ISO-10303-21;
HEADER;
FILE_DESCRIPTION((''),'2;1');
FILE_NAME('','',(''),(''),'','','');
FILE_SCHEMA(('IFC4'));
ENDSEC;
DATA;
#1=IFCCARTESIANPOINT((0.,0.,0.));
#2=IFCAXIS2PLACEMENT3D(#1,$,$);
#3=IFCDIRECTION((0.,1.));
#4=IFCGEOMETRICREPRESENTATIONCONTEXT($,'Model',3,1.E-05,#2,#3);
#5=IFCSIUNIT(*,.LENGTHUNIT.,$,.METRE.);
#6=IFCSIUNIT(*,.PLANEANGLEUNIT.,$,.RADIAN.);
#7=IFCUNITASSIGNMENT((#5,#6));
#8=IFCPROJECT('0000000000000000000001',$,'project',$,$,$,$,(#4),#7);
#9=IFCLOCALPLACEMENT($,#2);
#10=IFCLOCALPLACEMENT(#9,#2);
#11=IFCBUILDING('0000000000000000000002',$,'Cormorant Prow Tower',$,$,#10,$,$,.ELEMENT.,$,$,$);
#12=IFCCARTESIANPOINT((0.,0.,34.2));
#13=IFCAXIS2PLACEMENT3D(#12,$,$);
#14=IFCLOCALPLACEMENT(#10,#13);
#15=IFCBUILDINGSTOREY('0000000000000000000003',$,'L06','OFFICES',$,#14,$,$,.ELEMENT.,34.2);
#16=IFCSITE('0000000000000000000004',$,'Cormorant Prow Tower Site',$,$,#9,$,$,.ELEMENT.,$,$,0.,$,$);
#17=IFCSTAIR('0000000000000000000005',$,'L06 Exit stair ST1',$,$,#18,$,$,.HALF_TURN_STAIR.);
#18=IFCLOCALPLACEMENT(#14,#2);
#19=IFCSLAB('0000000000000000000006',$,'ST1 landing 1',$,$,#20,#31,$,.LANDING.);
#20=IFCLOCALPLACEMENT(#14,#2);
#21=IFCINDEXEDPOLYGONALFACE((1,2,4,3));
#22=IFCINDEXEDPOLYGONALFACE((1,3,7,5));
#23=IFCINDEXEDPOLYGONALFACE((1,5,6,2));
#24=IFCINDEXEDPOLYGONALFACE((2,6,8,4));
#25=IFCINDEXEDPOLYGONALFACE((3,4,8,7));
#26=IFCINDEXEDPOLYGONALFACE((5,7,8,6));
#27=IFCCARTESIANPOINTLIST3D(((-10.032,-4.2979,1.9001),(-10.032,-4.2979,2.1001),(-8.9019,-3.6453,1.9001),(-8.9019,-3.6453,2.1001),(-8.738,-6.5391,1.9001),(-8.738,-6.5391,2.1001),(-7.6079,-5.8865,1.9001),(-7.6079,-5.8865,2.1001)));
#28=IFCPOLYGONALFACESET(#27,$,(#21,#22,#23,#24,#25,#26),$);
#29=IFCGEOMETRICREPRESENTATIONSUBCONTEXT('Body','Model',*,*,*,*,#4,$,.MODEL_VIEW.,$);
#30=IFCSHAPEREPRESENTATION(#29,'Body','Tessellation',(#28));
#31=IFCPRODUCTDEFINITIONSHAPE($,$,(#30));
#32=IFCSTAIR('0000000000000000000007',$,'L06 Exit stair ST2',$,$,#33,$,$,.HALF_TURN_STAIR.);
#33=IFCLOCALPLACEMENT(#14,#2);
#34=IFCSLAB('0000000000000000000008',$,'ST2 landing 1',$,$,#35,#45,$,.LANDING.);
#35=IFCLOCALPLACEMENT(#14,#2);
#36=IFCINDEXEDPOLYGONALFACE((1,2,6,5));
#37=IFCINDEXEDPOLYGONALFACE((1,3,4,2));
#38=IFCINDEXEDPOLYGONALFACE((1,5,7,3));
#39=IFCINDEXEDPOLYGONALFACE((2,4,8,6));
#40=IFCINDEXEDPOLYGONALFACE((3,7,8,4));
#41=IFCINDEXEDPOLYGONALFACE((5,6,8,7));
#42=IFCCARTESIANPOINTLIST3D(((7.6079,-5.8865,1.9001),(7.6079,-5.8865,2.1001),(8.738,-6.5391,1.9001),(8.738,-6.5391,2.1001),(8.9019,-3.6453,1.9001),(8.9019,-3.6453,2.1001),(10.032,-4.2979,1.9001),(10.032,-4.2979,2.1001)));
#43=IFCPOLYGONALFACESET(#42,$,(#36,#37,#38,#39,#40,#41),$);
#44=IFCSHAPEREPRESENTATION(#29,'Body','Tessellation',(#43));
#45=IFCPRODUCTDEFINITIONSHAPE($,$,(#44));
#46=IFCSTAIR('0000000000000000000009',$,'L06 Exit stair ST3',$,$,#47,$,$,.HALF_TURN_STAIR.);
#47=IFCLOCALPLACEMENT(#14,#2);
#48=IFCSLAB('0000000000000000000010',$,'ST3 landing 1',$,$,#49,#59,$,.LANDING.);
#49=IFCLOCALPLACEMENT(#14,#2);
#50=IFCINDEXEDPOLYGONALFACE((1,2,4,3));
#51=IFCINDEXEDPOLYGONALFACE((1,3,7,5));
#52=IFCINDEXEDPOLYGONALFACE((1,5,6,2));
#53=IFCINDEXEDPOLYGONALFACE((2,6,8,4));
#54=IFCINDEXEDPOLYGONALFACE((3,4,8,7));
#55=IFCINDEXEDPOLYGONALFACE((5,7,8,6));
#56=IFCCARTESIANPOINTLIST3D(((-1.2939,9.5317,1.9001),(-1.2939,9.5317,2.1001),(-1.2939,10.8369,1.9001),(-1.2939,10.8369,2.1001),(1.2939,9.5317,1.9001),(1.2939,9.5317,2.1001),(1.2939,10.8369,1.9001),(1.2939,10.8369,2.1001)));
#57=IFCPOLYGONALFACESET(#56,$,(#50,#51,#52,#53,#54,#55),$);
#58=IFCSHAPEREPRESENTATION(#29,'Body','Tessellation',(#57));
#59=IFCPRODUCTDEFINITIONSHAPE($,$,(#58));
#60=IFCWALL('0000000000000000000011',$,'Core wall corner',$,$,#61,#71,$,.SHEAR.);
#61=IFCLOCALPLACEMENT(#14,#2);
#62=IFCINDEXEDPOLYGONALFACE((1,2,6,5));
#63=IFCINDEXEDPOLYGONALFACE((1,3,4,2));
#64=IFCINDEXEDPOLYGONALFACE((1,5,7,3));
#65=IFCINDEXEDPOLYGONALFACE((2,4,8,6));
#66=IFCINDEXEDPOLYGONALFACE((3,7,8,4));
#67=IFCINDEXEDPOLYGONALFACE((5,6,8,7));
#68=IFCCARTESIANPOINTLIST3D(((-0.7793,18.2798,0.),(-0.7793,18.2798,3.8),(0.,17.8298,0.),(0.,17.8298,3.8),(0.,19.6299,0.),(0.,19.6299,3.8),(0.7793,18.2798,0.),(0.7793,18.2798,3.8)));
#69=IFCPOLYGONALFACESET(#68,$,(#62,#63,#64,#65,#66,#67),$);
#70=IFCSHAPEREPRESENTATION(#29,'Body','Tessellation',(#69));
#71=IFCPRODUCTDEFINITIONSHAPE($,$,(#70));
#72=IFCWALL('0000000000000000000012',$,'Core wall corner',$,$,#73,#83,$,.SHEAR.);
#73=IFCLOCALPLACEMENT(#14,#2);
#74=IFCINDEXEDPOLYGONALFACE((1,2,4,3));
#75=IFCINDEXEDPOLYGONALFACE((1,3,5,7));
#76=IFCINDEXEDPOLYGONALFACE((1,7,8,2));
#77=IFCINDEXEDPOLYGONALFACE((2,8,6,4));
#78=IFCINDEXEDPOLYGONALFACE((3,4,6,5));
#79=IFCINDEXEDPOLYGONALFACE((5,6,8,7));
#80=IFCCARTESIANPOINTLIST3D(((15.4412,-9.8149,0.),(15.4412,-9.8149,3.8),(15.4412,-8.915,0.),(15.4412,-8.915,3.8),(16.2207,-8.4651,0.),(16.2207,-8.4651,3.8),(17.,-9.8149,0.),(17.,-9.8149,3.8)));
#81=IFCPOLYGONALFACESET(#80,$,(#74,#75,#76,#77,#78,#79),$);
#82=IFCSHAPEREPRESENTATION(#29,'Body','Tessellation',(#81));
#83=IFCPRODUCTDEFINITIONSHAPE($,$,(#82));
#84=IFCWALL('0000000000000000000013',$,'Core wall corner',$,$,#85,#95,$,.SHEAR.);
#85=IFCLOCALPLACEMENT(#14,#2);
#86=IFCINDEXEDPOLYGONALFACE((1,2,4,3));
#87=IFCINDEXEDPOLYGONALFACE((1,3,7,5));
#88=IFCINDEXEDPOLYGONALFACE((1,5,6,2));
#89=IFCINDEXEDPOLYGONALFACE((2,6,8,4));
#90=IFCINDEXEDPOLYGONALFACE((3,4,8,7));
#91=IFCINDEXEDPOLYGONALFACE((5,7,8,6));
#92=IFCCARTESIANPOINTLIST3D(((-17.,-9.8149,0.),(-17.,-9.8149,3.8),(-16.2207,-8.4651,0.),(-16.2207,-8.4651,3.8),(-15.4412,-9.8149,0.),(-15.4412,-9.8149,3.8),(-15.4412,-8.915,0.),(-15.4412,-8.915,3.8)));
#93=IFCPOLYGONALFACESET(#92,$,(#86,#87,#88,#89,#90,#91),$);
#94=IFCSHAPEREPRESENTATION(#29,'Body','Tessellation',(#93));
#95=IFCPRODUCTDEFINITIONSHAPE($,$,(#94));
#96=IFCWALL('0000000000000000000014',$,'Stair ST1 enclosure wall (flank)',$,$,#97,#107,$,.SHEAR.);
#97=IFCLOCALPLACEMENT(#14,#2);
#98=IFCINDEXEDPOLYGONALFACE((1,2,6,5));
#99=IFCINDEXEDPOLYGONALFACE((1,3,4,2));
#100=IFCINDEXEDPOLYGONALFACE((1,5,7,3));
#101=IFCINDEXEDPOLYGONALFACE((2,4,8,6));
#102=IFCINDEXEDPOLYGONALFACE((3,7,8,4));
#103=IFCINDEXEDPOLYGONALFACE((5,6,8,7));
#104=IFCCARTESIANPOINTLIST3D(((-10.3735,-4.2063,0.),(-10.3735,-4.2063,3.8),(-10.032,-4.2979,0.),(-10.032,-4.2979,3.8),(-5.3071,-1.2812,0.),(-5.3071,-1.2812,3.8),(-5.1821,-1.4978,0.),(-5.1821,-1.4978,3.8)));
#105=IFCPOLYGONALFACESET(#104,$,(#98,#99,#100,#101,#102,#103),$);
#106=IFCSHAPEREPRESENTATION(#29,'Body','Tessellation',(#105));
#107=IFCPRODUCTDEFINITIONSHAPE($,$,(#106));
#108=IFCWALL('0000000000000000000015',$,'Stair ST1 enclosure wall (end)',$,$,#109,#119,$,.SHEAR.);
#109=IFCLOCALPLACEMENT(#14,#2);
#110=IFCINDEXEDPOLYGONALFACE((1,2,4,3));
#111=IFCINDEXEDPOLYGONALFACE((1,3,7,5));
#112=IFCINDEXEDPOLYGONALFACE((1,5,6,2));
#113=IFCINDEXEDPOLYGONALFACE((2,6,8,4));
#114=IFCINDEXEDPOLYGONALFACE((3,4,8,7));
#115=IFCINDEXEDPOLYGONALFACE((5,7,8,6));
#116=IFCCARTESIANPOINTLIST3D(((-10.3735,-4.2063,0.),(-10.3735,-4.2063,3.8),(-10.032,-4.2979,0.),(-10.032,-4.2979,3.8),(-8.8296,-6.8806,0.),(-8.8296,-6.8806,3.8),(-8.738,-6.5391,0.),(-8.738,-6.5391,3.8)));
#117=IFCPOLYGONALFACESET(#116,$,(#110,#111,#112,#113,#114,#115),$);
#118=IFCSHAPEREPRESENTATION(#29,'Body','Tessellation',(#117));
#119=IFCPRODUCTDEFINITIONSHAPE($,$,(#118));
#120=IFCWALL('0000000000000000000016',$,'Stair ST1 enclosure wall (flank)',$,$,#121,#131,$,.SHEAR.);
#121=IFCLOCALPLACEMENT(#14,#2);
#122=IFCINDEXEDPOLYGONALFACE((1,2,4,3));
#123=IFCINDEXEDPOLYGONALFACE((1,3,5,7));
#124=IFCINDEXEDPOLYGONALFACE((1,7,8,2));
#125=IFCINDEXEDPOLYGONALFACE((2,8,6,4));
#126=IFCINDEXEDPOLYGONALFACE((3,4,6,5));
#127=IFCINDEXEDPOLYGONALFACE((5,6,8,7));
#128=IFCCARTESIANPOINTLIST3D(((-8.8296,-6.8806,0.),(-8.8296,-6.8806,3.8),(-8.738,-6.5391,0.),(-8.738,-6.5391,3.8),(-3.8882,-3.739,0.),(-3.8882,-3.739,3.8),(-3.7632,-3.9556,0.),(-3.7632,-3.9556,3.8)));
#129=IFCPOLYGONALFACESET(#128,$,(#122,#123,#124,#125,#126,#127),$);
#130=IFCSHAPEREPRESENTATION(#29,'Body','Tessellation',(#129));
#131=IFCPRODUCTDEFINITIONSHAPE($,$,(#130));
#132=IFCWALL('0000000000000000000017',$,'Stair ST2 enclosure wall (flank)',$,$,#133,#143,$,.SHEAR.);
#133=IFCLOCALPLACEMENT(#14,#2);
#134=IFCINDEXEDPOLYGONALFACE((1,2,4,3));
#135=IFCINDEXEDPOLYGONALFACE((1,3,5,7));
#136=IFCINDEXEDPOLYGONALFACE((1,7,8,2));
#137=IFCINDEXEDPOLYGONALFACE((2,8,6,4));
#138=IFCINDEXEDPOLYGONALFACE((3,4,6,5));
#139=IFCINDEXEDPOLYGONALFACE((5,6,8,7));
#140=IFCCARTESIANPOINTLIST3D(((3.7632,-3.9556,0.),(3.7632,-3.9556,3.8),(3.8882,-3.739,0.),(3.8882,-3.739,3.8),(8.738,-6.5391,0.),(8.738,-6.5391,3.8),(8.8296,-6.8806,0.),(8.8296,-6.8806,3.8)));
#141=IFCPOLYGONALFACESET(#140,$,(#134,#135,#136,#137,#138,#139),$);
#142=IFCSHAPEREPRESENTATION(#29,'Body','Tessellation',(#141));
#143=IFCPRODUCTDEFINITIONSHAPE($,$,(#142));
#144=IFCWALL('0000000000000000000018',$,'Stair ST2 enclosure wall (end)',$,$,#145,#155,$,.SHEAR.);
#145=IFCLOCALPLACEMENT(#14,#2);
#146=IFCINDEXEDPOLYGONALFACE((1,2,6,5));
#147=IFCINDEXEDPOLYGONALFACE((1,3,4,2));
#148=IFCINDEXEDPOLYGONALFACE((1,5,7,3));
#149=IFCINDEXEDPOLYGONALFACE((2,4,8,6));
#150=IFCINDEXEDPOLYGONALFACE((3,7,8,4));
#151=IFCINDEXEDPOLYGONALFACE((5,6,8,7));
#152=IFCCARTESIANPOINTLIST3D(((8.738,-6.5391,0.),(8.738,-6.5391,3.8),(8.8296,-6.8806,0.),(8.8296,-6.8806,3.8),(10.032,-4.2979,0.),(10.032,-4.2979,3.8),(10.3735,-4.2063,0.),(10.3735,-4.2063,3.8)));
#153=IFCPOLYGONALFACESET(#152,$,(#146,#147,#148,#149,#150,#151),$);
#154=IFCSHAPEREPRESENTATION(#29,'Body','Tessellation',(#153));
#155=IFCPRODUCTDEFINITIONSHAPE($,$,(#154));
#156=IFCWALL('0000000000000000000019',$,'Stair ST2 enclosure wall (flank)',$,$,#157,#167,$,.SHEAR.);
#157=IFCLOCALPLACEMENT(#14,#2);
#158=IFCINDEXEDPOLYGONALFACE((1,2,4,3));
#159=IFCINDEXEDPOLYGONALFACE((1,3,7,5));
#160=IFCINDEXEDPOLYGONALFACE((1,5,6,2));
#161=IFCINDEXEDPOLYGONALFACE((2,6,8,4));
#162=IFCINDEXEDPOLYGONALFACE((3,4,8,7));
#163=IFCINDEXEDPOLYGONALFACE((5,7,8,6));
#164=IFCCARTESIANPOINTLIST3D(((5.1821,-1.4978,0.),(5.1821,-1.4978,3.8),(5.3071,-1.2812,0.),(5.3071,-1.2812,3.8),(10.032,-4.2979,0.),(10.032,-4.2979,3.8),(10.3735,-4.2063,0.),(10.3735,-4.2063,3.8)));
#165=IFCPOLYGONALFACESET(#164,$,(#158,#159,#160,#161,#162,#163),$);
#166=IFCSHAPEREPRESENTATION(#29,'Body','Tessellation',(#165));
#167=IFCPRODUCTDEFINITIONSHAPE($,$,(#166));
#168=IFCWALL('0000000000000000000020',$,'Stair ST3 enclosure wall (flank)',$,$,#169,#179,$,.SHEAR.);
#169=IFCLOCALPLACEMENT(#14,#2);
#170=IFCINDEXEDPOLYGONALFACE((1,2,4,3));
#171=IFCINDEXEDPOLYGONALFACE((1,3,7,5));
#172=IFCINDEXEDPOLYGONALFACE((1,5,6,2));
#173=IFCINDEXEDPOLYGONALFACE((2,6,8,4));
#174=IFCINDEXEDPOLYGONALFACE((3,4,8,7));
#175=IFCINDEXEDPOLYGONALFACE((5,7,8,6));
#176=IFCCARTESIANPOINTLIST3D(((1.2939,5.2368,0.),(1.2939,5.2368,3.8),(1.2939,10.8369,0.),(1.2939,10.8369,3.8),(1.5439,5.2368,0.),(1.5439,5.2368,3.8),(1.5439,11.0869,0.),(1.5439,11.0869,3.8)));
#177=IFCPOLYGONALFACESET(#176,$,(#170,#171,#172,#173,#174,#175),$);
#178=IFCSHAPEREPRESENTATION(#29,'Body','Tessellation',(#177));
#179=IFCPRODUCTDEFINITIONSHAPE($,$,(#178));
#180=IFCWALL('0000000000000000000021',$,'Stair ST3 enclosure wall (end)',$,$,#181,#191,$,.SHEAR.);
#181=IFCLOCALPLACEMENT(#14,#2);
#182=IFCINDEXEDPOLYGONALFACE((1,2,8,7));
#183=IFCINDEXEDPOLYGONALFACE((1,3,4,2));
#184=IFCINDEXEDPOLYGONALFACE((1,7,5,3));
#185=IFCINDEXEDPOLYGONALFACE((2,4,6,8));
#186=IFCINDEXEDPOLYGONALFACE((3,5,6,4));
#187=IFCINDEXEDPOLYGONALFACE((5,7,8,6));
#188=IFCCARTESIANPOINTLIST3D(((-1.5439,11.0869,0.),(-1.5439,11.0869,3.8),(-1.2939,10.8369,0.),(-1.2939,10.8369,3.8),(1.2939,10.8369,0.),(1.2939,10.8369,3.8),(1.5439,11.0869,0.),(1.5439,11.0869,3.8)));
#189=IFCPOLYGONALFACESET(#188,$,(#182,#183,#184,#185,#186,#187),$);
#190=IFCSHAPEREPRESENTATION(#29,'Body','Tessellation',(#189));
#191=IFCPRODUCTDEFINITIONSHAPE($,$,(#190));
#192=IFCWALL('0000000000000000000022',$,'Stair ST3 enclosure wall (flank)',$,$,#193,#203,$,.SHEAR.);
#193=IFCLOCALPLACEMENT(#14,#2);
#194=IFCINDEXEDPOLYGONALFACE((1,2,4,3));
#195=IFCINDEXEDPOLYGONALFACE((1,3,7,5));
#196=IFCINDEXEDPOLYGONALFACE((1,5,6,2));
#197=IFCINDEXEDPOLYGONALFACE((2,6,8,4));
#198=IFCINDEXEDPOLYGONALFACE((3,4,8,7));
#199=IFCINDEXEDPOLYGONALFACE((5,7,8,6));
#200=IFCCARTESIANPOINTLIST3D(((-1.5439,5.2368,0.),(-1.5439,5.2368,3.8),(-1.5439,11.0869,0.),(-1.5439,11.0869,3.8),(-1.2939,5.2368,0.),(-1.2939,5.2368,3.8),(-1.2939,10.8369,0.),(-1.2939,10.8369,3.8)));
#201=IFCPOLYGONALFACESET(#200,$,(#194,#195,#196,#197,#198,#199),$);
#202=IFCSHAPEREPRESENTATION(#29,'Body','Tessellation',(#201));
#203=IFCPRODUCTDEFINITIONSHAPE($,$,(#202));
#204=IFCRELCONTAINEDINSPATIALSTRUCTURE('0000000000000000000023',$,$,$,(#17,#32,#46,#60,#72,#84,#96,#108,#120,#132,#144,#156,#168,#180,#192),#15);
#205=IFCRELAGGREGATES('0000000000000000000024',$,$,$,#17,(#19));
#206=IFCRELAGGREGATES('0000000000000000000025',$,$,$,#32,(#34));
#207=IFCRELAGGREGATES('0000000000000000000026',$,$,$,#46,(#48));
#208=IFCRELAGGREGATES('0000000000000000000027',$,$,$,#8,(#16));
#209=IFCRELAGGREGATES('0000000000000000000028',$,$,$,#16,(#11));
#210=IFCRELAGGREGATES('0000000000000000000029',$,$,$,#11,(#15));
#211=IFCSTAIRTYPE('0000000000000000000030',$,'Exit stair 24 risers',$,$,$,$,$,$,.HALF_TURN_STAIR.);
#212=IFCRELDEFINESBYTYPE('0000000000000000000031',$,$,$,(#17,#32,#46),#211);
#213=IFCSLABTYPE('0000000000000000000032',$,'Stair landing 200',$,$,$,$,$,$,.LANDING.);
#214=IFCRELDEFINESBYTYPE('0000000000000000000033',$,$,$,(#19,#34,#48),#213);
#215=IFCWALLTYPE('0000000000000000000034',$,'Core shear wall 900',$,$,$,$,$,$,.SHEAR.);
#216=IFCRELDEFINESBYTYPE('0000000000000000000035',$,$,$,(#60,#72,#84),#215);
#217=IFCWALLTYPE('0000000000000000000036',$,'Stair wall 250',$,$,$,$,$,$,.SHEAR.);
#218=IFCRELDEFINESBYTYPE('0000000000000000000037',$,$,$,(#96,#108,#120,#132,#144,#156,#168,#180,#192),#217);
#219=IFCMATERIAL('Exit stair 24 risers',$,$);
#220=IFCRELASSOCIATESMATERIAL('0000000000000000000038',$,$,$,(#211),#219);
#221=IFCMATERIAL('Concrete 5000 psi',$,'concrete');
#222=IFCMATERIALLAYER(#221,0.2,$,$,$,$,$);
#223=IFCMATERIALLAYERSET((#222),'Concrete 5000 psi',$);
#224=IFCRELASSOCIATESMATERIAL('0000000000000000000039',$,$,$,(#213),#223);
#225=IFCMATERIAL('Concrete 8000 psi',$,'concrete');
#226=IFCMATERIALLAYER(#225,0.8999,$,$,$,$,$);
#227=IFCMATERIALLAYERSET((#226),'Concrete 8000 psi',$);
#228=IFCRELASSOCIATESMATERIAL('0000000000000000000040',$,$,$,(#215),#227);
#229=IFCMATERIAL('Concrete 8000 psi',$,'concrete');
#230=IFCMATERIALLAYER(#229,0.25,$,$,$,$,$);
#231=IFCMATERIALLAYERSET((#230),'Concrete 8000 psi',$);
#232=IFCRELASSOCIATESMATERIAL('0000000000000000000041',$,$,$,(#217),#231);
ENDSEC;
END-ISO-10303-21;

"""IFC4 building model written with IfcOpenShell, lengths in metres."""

from ifc_helpers import new_model, si_unit, direction, frame, origin, place, context, subcontext, project, spatial, polyline, outline, extrude, material, layer, layer_set, type_object, element, aggregate, save


model = new_model("IFC4")

# Units and contexts
model_context = context("Model", 3, precision=1e-05, world=origin(), true_north=direction((0.0, 1.0)))
body_context = subcontext(model_context, "Body", "Model", "MODEL_VIEW")
ifc_project = project(units=[si_unit("LENGTHUNIT", "METRE"), si_unit("PLANEANGLEUNIT", "RADIAN")], contexts=[model_context])

# Site, building, storey
site_placement = place(None, origin())
site = spatial("IfcSite", under=ifc_project, at=site_placement, Name="Cormorant Prow Tower Site", CompositionType="ELEMENT", RefElevation=0.0)
building_placement = place(site_placement, origin())
building = spatial("IfcBuilding", under=site, at=building_placement, Name="Cormorant Prow Tower", CompositionType="ELEMENT")
storey_placement = place(building_placement, frame((0.0, 0.0, 34.2)))
storey = spatial("IfcBuildingStorey", under=building, at=storey_placement, Name="L06", Description="OFFICES", CompositionType="ELEMENT", Elevation=34.2)

# Stairs, slabs
ifc_material_1 = material(Name="Exit stair 24 risers")
stair_type = type_object("IfcStairType", Name="Exit stair 24 risers", PredefinedType="HALF_TURN_STAIR", material=ifc_material_1)
stair_1_placement = place(storey_placement, origin())
stair_1 = element("IfcStair", 1, at=stair_1_placement, inside=storey, type_object=stair_type, Name="L06 Exit stair ST1", PredefinedType="HALF_TURN_STAIR")
ifc_material_2 = material(Name="Concrete 5000 psi", Category="concrete")
ifc_layer_1 = layer(ifc_material_2, 0.2)
ifc_layer_set_1 = layer_set([ifc_layer_1], Name="Concrete 5000 psi")
slab_type = type_object("IfcSlabType", Name="Stair landing 200", PredefinedType="LANDING", material=ifc_layer_set_1)
slab_1_placement = place(storey_placement, frame((0.0, 0.0, 1.9001)))
slab_1 = element("IfcSlab", 2, at=slab_1_placement, type_object=slab_type, Name="ST1 landing 1", PredefinedType="LANDING", context=body_context, shape_type="SweptSolid", body=[
    extrude(outline(polyline([(-8.9019, -3.6453), (-10.032, -4.2979), (-8.738, -6.5391), (-7.6079, -5.8865), (-8.9019, -3.6453)])), origin(), (0.0, 0.0, 1.0), 0.2),
])
aggregate(stair_1, [slab_1])
stair_2_placement = place(storey_placement, origin())
stair_2 = element("IfcStair", 3, at=stair_2_placement, inside=storey, type_object=stair_type, Name="L06 Exit stair ST2", PredefinedType="HALF_TURN_STAIR")
slab_2_placement = place(storey_placement, frame((0.0, 0.0, 1.9001)))
slab_2 = element("IfcSlab", 4, at=slab_2_placement, type_object=slab_type, Name="ST2 landing 1", PredefinedType="LANDING", context=body_context, shape_type="SweptSolid", body=[
    extrude(outline(polyline([(7.6079, -5.8865), (8.738, -6.5391), (10.032, -4.2979), (8.9019, -3.6453), (7.6079, -5.8865)])), origin(), (0.0, 0.0, 1.0), 0.2),
])
aggregate(stair_2, [slab_2])
stair_3_placement = place(storey_placement, origin())
stair_3 = element("IfcStair", 5, at=stair_3_placement, inside=storey, type_object=stair_type, Name="L06 Exit stair ST3", PredefinedType="HALF_TURN_STAIR")
slab_3_placement = place(storey_placement, frame((0.0, 0.0, 1.9001)))
slab_3 = element("IfcSlab", 6, at=slab_3_placement, type_object=slab_type, Name="ST3 landing 1", PredefinedType="LANDING", context=body_context, shape_type="SweptSolid", body=[
    extrude(outline(polyline([(1.2939, 9.5317), (1.2939, 10.8369), (-1.2939, 10.8369), (-1.2939, 9.5317), (1.2939, 9.5317)])), origin(), (0.0, 0.0, 1.0), 0.2),
])

# Walls
ifc_material_3 = material(Name="Concrete 8000 psi", Category="concrete")
ifc_layer_2 = layer(ifc_material_3, 0.8999)
ifc_layer_set_2 = layer_set([ifc_layer_2], Name="Concrete 8000 psi")
wall_type_1 = type_object("IfcWallType", Name="Core shear wall 900", PredefinedType="SHEAR", material=ifc_layer_set_2)
wall_1_placement = place(storey_placement, origin())
element("IfcWall", 7, at=wall_1_placement, inside=storey, type_object=wall_type_1, Name="Core wall corner", PredefinedType="SHEAR", context=body_context, shape_type="SweptSolid", body=[
    extrude(outline(polyline([(-0.7793, 18.2798), (0.0, 19.6299), (0.7793, 18.2798), (0.0, 17.8298), (-0.7793, 18.2798)])), origin(), (0.0, 0.0, 1.0), 3.8),
])
wall_2_placement = place(storey_placement, origin())
element("IfcWall", 8, at=wall_2_placement, inside=storey, type_object=wall_type_1, Name="Core wall corner", PredefinedType="SHEAR", context=body_context, shape_type="SweptSolid", body=[
    extrude(outline(polyline([(15.4412, -9.8149), (15.4412, -8.915), (16.2207, -8.4651), (17.0, -9.8149), (15.4412, -9.8149)])), origin(), (0.0, 0.0, 1.0), 3.8),
])
wall_3_placement = place(storey_placement, origin())
element("IfcWall", 9, at=wall_3_placement, inside=storey, type_object=wall_type_1, Name="Core wall corner", PredefinedType="SHEAR", context=body_context, shape_type="SweptSolid", body=[
    extrude(outline(polyline([(-16.2207, -8.4651), (-15.4412, -8.915), (-15.4412, -9.8149), (-17.0, -9.8149), (-16.2207, -8.4651)])), origin(), (0.0, 0.0, 1.0), 3.8),
])
ifc_material_4 = material(Name="Concrete 8000 psi", Category="concrete")
ifc_layer_3 = layer(ifc_material_4, 0.25)
ifc_layer_set_3 = layer_set([ifc_layer_3], Name="Concrete 8000 psi")
wall_type_2 = type_object("IfcWallType", Name="Stair wall 250", PredefinedType="SHEAR", material=ifc_layer_set_3)
wall_4_placement = place(storey_placement, origin())
element("IfcWall", 10, at=wall_4_placement, inside=storey, type_object=wall_type_2, Name="Stair ST1 enclosure wall (flank)", PredefinedType="SHEAR", context=body_context, shape_type="SweptSolid", body=[
    extrude(outline(polyline([(-5.3071, -1.2812), (-10.3735, -4.2063), (-10.032, -4.2979), (-5.1821, -1.4978), (-5.3071, -1.2812)])), origin(), (0.0, 0.0, 1.0), 3.8),
])
wall_5_placement = place(storey_placement, origin())
element("IfcWall", 11, at=wall_5_placement, inside=storey, type_object=wall_type_2, Name="Stair ST1 enclosure wall (end)", PredefinedType="SHEAR", context=body_context, shape_type="SweptSolid", body=[
    extrude(outline(polyline([(-10.3735, -4.2063), (-8.8296, -6.8806), (-8.738, -6.5391), (-10.032, -4.2979), (-10.3735, -4.2063)])), origin(), (0.0, 0.0, 1.0), 3.8),
])
wall_6_placement = place(storey_placement, origin())
element("IfcWall", 12, at=wall_6_placement, inside=storey, type_object=wall_type_2, Name="Stair ST1 enclosure wall (flank)", PredefinedType="SHEAR", context=body_context, shape_type="SweptSolid", body=[
    extrude(outline(polyline([(-8.738, -6.5391), (-8.8296, -6.8806), (-3.7632, -3.9556), (-3.8882, -3.739), (-8.738, -6.5391)])), origin(), (0.0, 0.0, 1.0), 3.8),
])
wall_7_placement = place(storey_placement, origin())
element("IfcWall", 13, at=wall_7_placement, inside=storey, type_object=wall_type_2, Name="Stair ST2 enclosure wall (flank)", PredefinedType="SHEAR", context=body_context, shape_type="SweptSolid", body=[
    extrude(outline(polyline([(3.7632, -3.9556), (8.8296, -6.8806), (8.738, -6.5391), (3.8882, -3.739), (3.7632, -3.9556)])), origin(), (0.0, 0.0, 1.0), 3.8),
])
wall_8_placement = place(storey_placement, origin())
element("IfcWall", 14, at=wall_8_placement, inside=storey, type_object=wall_type_2, Name="Stair ST2 enclosure wall (end)", PredefinedType="SHEAR", context=body_context, shape_type="SweptSolid", body=[
    extrude(outline(polyline([(8.8296, -6.8806), (10.3735, -4.2063), (10.032, -4.2979), (8.738, -6.5391), (8.8296, -6.8806)])), origin(), (0.0, 0.0, 1.0), 3.8),
])
wall_9_placement = place(storey_placement, origin())
element("IfcWall", 15, at=wall_9_placement, inside=storey, type_object=wall_type_2, Name="Stair ST2 enclosure wall (flank)", PredefinedType="SHEAR", context=body_context, shape_type="SweptSolid", body=[
    extrude(outline(polyline([(10.032, -4.2979), (10.3735, -4.2063), (5.3071, -1.2812), (5.1821, -1.4978), (10.032, -4.2979)])), origin(), (0.0, 0.0, 1.0), 3.8),
])
wall_10_placement = place(storey_placement, origin())
element("IfcWall", 16, at=wall_10_placement, inside=storey, type_object=wall_type_2, Name="Stair ST3 enclosure wall (flank)", PredefinedType="SHEAR", context=body_context, shape_type="SweptSolid", body=[
    extrude(outline(polyline([(1.5439, 5.2368), (1.5439, 11.0869), (1.2939, 10.8369), (1.2939, 5.2368), (1.5439, 5.2368)])), origin(), (0.0, 0.0, 1.0), 3.8),
])
wall_11_placement = place(storey_placement, origin())
element("IfcWall", 17, at=wall_11_placement, inside=storey, type_object=wall_type_2, Name="Stair ST3 enclosure wall (end)", PredefinedType="SHEAR", context=body_context, shape_type="SweptSolid", body=[
    extrude(outline(polyline([(1.5439, 11.0869), (-1.5439, 11.0869), (-1.2939, 10.8369), (1.2939, 10.8369), (1.5439, 11.0869)])), origin(), (0.0, 0.0, 1.0), 3.8),
])
wall_12_placement = place(storey_placement, origin())
element("IfcWall", 18, at=wall_12_placement, inside=storey, type_object=wall_type_2, Name="Stair ST3 enclosure wall (flank)", PredefinedType="SHEAR", context=body_context, shape_type="SweptSolid", body=[
    extrude(outline(polyline([(-1.2939, 10.8369), (-1.5439, 11.0869), (-1.5439, 5.2368), (-1.2939, 5.2368), (-1.2939, 10.8369)])), origin(), (0.0, 0.0, 1.0), 3.8),
])

aggregate(stair_3, [slab_3])

save(model, "model.ifc")
